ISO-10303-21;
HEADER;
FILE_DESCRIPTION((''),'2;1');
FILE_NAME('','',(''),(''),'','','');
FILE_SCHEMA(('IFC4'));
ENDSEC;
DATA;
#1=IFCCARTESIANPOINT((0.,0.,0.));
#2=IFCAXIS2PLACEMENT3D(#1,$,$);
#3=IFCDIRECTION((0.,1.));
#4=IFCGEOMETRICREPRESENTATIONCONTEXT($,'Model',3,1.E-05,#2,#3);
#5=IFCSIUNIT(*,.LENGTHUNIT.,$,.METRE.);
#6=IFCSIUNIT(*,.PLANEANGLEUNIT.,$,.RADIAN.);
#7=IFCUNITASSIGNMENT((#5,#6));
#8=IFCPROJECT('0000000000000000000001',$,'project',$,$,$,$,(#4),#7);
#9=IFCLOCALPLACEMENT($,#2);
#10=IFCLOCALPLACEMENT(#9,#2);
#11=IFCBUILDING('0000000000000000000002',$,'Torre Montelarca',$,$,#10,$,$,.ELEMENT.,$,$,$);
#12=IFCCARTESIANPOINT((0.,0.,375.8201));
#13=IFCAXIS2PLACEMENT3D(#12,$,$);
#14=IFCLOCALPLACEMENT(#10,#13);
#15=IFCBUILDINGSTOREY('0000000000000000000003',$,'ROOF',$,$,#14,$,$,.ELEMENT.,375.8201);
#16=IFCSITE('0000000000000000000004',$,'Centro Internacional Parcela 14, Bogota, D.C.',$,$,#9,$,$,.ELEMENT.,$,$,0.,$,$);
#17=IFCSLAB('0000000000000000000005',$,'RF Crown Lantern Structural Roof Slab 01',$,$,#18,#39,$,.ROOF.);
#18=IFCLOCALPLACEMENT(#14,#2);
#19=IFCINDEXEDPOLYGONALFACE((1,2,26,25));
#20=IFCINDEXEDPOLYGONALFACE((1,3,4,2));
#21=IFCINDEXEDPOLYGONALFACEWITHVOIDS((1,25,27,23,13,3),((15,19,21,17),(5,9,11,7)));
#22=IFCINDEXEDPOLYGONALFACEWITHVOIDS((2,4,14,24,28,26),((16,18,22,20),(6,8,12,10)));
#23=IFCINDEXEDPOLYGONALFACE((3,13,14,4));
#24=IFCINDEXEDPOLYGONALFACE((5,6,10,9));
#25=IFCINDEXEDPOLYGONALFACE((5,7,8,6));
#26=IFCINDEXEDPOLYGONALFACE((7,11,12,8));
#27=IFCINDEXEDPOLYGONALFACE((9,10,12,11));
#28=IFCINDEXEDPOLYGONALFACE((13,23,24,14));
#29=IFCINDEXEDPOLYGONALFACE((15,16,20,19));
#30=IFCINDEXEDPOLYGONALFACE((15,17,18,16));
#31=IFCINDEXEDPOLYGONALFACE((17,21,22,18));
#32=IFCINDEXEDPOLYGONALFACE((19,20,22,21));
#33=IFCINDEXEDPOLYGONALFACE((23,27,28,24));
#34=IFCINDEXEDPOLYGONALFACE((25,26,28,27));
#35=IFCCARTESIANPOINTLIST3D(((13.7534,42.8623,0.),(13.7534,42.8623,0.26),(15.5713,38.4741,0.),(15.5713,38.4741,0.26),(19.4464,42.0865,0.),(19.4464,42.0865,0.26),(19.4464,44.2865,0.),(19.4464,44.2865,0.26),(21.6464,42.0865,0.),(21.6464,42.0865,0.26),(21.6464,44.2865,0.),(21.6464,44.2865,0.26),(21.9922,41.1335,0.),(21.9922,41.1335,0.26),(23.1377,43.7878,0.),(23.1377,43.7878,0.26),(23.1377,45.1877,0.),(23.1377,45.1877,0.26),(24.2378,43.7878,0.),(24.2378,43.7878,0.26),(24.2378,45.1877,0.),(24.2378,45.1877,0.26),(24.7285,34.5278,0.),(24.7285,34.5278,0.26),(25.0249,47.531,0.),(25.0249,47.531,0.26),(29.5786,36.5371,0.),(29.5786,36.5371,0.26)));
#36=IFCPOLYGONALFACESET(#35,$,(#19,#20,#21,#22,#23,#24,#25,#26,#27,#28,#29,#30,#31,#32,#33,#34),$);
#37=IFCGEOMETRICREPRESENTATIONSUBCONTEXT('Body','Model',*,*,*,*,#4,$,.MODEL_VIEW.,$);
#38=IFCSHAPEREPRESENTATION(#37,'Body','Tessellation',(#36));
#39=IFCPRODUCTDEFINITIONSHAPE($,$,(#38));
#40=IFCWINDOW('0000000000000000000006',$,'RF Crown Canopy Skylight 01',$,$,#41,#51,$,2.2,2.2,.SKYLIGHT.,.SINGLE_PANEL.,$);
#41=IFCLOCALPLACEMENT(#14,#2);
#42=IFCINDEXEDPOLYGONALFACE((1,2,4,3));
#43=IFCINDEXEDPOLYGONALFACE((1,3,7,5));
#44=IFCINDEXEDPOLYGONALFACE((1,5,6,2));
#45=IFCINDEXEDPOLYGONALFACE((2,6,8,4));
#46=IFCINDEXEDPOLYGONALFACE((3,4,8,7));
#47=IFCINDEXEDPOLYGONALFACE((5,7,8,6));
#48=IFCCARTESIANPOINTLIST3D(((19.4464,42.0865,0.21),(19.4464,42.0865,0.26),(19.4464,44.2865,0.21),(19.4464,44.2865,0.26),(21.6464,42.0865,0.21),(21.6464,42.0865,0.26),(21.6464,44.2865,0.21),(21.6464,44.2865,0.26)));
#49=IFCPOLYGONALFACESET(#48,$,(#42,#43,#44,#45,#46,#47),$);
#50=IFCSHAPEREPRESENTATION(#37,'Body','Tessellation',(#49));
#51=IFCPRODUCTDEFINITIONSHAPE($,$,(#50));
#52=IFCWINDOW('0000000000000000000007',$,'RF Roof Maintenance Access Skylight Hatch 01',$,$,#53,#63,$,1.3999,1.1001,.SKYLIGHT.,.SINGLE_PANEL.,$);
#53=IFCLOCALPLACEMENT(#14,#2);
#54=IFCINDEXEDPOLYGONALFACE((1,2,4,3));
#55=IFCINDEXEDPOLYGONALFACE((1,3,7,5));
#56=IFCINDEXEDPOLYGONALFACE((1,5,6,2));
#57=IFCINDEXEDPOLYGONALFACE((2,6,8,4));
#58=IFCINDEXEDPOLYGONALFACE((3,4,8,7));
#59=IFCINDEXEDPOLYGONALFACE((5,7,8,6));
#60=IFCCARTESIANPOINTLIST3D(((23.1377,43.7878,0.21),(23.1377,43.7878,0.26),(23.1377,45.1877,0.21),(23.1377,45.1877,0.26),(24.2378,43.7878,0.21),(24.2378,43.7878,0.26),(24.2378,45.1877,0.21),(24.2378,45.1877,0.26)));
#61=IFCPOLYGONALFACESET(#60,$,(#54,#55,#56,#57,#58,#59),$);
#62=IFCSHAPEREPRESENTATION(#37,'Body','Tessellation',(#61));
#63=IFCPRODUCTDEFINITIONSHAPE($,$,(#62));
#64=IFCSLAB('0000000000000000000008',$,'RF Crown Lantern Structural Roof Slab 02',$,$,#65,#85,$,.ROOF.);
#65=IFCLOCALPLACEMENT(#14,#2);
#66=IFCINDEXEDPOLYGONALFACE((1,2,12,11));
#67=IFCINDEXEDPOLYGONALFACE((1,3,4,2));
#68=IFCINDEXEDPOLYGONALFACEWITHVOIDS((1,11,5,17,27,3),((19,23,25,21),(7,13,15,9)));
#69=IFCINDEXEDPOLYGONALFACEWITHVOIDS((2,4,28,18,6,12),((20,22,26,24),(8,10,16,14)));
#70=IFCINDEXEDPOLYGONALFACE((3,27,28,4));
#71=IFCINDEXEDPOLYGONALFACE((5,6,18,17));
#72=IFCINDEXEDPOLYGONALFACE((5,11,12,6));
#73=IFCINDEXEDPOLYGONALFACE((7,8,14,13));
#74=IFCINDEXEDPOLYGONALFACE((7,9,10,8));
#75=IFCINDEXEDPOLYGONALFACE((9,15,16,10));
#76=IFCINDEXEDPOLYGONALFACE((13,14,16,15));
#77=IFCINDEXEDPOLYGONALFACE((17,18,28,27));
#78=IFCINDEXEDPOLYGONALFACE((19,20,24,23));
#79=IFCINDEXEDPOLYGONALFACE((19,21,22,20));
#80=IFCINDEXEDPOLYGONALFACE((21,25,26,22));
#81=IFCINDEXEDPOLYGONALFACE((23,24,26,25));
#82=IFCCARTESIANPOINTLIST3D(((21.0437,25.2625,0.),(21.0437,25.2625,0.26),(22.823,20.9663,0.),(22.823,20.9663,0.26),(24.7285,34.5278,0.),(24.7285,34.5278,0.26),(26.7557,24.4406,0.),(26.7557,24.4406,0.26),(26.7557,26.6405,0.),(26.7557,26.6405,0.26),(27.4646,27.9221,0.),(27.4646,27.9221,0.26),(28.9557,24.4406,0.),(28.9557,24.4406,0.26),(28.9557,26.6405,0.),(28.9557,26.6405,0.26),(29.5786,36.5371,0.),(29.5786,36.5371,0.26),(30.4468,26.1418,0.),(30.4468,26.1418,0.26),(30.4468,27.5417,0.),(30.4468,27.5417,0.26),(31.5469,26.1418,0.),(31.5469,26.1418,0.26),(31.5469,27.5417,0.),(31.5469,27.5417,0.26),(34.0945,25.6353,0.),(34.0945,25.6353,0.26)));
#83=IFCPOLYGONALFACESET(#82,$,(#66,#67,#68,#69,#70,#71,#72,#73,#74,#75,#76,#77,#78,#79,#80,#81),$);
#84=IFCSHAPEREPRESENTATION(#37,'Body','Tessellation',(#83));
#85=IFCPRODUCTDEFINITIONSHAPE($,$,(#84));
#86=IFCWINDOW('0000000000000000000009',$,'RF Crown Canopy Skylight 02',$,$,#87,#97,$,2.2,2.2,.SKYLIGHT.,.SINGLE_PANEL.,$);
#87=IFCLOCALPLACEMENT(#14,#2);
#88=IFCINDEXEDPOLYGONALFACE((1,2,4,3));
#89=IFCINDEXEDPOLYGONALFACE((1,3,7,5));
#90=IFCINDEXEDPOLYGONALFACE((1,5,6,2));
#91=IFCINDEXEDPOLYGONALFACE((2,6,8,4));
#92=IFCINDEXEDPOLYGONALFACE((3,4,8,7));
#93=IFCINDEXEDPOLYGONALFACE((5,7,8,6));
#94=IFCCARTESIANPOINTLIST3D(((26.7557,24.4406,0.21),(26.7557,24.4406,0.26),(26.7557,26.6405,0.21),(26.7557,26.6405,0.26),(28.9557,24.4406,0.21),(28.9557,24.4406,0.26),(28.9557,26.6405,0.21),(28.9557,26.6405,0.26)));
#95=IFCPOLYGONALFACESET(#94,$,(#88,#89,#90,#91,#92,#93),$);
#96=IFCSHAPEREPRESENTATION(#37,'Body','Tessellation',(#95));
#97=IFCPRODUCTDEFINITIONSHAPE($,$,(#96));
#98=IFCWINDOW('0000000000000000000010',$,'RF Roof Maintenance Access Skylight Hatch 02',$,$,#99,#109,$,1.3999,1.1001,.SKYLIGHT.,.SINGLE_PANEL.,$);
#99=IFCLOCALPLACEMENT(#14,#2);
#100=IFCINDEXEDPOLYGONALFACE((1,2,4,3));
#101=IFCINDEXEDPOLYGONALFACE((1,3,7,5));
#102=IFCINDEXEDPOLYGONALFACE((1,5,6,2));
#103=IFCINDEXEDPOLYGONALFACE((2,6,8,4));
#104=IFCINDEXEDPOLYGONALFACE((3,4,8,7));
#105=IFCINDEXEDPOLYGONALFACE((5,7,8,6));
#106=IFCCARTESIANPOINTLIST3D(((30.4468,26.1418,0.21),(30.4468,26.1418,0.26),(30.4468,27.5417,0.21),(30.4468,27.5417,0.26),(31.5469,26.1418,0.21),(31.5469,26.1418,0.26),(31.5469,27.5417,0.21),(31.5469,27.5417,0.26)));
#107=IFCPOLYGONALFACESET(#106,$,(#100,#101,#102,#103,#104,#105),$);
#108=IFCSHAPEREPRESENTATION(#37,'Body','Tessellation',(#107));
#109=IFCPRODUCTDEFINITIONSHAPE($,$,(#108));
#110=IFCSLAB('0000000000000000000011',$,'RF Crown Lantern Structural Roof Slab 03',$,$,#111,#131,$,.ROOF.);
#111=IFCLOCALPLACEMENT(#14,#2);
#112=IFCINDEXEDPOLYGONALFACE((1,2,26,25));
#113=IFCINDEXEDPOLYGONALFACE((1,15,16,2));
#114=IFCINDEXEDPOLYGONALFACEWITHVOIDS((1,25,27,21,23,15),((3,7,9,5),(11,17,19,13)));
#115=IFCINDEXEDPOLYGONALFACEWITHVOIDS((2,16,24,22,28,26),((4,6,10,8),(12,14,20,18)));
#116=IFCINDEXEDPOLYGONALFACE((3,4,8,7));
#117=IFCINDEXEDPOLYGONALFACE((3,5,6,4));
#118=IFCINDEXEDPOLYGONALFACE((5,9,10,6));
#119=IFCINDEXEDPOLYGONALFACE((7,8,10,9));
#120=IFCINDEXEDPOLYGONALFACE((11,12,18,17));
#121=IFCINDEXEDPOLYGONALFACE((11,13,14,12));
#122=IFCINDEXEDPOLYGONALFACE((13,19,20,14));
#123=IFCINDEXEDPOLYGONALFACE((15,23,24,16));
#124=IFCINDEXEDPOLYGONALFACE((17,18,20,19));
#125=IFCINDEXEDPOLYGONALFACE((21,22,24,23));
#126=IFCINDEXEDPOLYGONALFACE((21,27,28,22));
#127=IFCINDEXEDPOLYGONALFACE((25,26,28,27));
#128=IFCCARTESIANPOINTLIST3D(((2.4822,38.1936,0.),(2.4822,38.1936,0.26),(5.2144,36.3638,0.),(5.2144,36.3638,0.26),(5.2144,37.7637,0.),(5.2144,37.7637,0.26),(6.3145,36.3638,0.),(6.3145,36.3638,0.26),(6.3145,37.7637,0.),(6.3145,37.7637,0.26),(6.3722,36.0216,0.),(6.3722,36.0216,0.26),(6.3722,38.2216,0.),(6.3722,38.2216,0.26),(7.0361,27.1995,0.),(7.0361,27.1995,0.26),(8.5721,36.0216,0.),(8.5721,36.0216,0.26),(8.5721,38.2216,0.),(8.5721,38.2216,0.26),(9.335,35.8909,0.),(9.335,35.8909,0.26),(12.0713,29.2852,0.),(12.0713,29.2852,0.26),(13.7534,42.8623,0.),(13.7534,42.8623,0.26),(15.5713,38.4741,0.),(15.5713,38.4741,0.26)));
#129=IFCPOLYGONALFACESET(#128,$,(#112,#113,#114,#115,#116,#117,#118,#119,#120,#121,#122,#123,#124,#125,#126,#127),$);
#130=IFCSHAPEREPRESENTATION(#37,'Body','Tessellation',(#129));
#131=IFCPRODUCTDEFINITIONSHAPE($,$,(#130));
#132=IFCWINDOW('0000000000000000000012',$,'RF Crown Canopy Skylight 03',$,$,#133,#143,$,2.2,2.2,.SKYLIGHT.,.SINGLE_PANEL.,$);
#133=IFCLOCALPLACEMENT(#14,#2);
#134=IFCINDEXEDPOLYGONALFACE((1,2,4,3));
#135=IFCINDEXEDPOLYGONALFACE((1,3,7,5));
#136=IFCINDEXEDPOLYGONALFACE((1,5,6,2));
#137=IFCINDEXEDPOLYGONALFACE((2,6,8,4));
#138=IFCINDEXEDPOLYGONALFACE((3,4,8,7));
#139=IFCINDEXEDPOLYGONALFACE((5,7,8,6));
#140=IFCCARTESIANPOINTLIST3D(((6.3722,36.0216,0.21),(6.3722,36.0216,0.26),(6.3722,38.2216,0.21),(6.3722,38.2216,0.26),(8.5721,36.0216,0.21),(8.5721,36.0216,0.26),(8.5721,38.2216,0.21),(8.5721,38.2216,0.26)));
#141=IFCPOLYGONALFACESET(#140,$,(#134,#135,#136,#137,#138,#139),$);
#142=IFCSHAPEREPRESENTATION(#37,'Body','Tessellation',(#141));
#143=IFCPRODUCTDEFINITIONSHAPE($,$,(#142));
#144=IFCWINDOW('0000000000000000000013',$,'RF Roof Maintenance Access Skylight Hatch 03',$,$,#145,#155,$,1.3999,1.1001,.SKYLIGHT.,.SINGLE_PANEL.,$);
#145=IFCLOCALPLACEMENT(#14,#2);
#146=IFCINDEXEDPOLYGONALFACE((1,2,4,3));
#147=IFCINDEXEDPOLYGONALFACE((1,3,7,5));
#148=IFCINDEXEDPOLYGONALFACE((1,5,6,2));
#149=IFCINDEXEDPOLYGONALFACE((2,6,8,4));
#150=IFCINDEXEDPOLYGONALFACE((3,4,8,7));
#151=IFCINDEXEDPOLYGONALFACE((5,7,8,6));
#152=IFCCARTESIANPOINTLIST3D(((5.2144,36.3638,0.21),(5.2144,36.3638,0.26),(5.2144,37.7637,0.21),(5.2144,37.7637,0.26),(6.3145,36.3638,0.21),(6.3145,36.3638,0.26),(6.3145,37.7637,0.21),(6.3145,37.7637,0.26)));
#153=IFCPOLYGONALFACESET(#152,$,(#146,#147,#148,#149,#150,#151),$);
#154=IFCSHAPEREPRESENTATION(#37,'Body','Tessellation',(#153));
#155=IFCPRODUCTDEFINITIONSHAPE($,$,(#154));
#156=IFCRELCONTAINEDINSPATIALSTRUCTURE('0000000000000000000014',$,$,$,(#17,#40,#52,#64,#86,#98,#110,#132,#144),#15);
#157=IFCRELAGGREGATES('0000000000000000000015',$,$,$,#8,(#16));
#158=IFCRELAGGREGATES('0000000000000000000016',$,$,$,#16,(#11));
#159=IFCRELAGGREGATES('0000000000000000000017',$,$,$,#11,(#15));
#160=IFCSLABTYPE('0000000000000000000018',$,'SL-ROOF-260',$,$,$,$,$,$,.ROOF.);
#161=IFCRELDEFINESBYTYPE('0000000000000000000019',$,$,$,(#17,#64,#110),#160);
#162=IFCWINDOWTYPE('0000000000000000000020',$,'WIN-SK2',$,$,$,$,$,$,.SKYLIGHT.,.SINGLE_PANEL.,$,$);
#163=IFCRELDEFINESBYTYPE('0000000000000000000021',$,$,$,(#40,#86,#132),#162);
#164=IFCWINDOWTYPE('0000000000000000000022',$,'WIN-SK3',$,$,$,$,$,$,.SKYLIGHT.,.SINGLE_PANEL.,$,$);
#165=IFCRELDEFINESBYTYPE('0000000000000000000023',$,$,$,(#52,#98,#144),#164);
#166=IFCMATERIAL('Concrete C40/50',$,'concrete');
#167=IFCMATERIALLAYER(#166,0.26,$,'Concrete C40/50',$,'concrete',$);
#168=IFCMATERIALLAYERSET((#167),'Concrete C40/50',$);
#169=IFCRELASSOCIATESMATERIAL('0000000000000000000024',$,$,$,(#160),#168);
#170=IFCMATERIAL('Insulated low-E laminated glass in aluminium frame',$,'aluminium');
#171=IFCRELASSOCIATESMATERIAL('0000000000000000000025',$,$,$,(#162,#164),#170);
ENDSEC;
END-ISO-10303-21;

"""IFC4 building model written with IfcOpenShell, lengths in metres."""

from ifc_helpers import new_model, si_unit, direction, frame, origin, origin_2d, place, context, subcontext, project, spatial, polyline, rectangle, outline, extrude, material, layer, layer_set, type_object, element, fill, save


model = new_model("IFC4")

# Units and contexts
model_context = context("Model", 3, precision=1e-05, world=origin(), true_north=direction((0.0, 1.0)))
body_context = subcontext(model_context, "Body", "Model", "MODEL_VIEW")
ifc_project = project(units=[si_unit("LENGTHUNIT", "METRE"), si_unit("PLANEANGLEUNIT", "RADIAN")], contexts=[model_context])

# Site, building, storey
site_placement = place(None, origin())
site = spatial("IfcSite", under=ifc_project, at=site_placement, Name="Centro Internacional Parcela 14, Bogota, D.C.", CompositionType="ELEMENT", RefElevation=0.0)
building_placement = place(site_placement, origin())
building = spatial("IfcBuilding", under=site, at=building_placement, Name="Torre Montelarca", CompositionType="ELEMENT")
storey_placement = place(building_placement, frame((0.0, 0.0, 375.8201)))
storey = spatial("IfcBuildingStorey", under=building, at=storey_placement, Name="ROOF", CompositionType="ELEMENT", Elevation=375.8201)

# Slabs, openings, windows
ifc_material_1 = material(Name="Concrete C40/50", Category="concrete")
ifc_layer_1 = layer(ifc_material_1, 0.26, Name="Concrete C40/50", Category="concrete")
ifc_layer_set_1 = layer_set([ifc_layer_1], Name="Concrete C40/50")
slab_type = type_object("IfcSlabType", Name="SL-ROOF-260", PredefinedType="ROOF", material=ifc_layer_set_1)
slab_1_placement = place(storey_placement, origin())
slab_1 = element("IfcSlab", 1, at=slab_1_placement, inside=storey, type_object=slab_type, Name="RF Crown Lantern Structural Roof Slab 01", PredefinedType="ROOF", context=body_context, shape_type="SweptSolid", body=[
    extrude(outline(polyline([(15.5713, 38.4741), (21.9922, 41.1335), (24.7285, 34.5278), (29.5786, 36.5371), (25.0249, 47.531), (13.7534, 42.8623), (15.5713, 38.4741)])), origin(), (0.0, 0.0, 1.0), 0.26),
])
opening_1_placement = place(slab_1_placement, frame((20.5464, 43.1865, -0.01)))
opening_1 = element("IfcOpeningElement", 2, at=opening_1_placement, cuts=slab_1, PredefinedType="OPENING", context=body_context, shape_type="SweptSolid", body=[
    extrude(rectangle(XDim=2.2, YDim=2.2, at=origin_2d()), origin(), (0.0, 0.0, 1.0), 0.28),
])
opening_2_placement = place(slab_1_placement, frame((23.6877, 44.4878, -0.01)))
opening_2 = element("IfcOpeningElement", 3, at=opening_2_placement, cuts=slab_1, PredefinedType="OPENING", context=body_context, shape_type="SweptSolid", body=[
    extrude(rectangle(XDim=1.1001, YDim=1.3999, at=origin_2d()), origin(), (0.0, 0.0, 1.0), 0.28),
])
ifc_material_2 = material(Name="Insulated low-E laminated glass in aluminium frame", Category="aluminium")
window_type_1 = type_object("IfcWindowType", Name="WIN-SK2", PartitioningType="SINGLE_PANEL", PredefinedType="SKYLIGHT", material=ifc_material_2)
window_1_placement = place(slab_1_placement, frame((20.5464, 43.1865, 0.21)))
window_1 = element("IfcWindow", 4, at=window_1_placement, inside=storey, type_object=window_type_1, Name="RF Crown Canopy Skylight 01", OverallHeight=2.2, OverallWidth=2.2, PartitioningType="SINGLE_PANEL", PredefinedType="SKYLIGHT", context=body_context, shape_type="SweptSolid", body=[
    extrude(rectangle(XDim=2.2, YDim=2.2, at=origin_2d()), origin(), (0.0, 0.0, 1.0), 0.05),
])
fill(opening_1, window_1)
window_type_2 = type_object("IfcWindowType", Name="WIN-SK3", PartitioningType="SINGLE_PANEL", PredefinedType="SKYLIGHT", material=ifc_material_2)
window_2_placement = place(slab_1_placement, frame((23.6877, 44.4878, 0.21)))
window_2 = element("IfcWindow", 5, at=window_2_placement, inside=storey, type_object=window_type_2, Name="RF Roof Maintenance Access Skylight Hatch 01", OverallHeight=1.3999, OverallWidth=1.1001, PartitioningType="SINGLE_PANEL", PredefinedType="SKYLIGHT", context=body_context, shape_type="SweptSolid", body=[
    extrude(rectangle(XDim=1.1001, YDim=1.3999, at=origin_2d()), origin(), (0.0, 0.0, 1.0), 0.05),
])
fill(opening_2, window_2)
slab_2_placement = place(storey_placement, origin())
slab_2 = element("IfcSlab", 6, at=slab_2_placement, inside=storey, type_object=slab_type, Name="RF Crown Lantern Structural Roof Slab 02", PredefinedType="ROOF", context=body_context, shape_type="SweptSolid", body=[
    extrude(outline(polyline([(24.7285, 34.5278), (27.4646, 27.9221), (21.0437, 25.2625), (22.823, 20.9663), (34.0945, 25.6353), (29.5786, 36.5371), (24.7285, 34.5278)])), origin(), (0.0, 0.0, 1.0), 0.26),
])
opening_3_placement = place(slab_2_placement, frame((27.8557, 25.5405, -0.01)))
opening_3 = element("IfcOpeningElement", 7, at=opening_3_placement, cuts=slab_2, PredefinedType="OPENING", context=body_context, shape_type="SweptSolid", body=[
    extrude(rectangle(XDim=2.2, YDim=2.2, at=origin_2d()), origin(), (0.0, 0.0, 1.0), 0.28),
])
opening_4_placement = place(slab_2_placement, frame((30.9968, 26.8418, -0.01)))
opening_4 = element("IfcOpeningElement", 8, at=opening_4_placement, cuts=slab_2, PredefinedType="OPENING", context=body_context, shape_type="SweptSolid", body=[
    extrude(rectangle(XDim=1.1001, YDim=1.3999, at=origin_2d()), origin(), (0.0, 0.0, 1.0), 0.28),
])
window_3_placement = place(slab_2_placement, frame((27.8557, 25.5405, 0.21)))
window_3 = element("IfcWindow", 9, at=window_3_placement, inside=storey, type_object=window_type_1, Name="RF Crown Canopy Skylight 02", OverallHeight=2.2, OverallWidth=2.2, PartitioningType="SINGLE_PANEL", PredefinedType="SKYLIGHT", context=body_context, shape_type="SweptSolid", body=[
    extrude(rectangle(XDim=2.2, YDim=2.2, at=origin_2d()), origin(), (0.0, 0.0, 1.0), 0.05),
])
fill(opening_3, window_3)
window_4_placement = place(slab_2_placement, frame((30.9968, 26.8418, 0.21)))
window_4 = element("IfcWindow", 10, at=window_4_placement, inside=storey, type_object=window_type_2, Name="RF Roof Maintenance Access Skylight Hatch 02", OverallHeight=1.3999, OverallWidth=1.1001, PartitioningType="SINGLE_PANEL", PredefinedType="SKYLIGHT", context=body_context, shape_type="SweptSolid", body=[
    extrude(rectangle(XDim=1.1001, YDim=1.3999, at=origin_2d()), origin(), (0.0, 0.0, 1.0), 0.05),
])
fill(opening_4, window_4)
slab_3_placement = place(storey_placement, origin())
slab_3 = element("IfcSlab", 11, at=slab_3_placement, inside=storey, type_object=slab_type, Name="RF Crown Lantern Structural Roof Slab 03", PredefinedType="ROOF", context=body_context, shape_type="SweptSolid", body=[
    extrude(outline(polyline([(12.0713, 29.2852), (9.335, 35.8909), (15.5713, 38.4741), (13.7534, 42.8623), (2.4822, 38.1936), (7.0361, 27.1995), (12.0713, 29.2852)])), origin(), (0.0, 0.0, 1.0), 0.26),
])
opening_5_placement = place(slab_3_placement, frame((7.4722, 37.1216, -0.01)))
opening_5 = element("IfcOpeningElement", 12, at=opening_5_placement, cuts=slab_3, PredefinedType="OPENING", context=body_context, shape_type="SweptSolid", body=[
    extrude(rectangle(XDim=2.2, YDim=2.2, at=origin_2d()), origin(), (0.0, 0.0, 1.0), 0.28),
])
opening_6_placement = place(slab_3_placement, frame((5.7644, 37.0637, -0.01)))
opening_6 = element("IfcOpeningElement", 13, at=opening_6_placement, cuts=slab_3, PredefinedType="OPENING", context=body_context, shape_type="SweptSolid", body=[
    extrude(rectangle(XDim=1.1001, YDim=1.3999, at=origin_2d()), origin(), (0.0, 0.0, 1.0), 0.28),
])
window_5_placement = place(slab_3_placement, frame((7.4722, 37.1216, 0.21)))
window_5 = element("IfcWindow", 14, at=window_5_placement, inside=storey, type_object=window_type_1, Name="RF Crown Canopy Skylight 03", OverallHeight=2.2, OverallWidth=2.2, PartitioningType="SINGLE_PANEL", PredefinedType="SKYLIGHT", context=body_context, shape_type="SweptSolid", body=[
    extrude(rectangle(XDim=2.2, YDim=2.2, at=origin_2d()), origin(), (0.0, 0.0, 1.0), 0.05),
])
fill(opening_5, window_5)
window_6_placement = place(slab_3_placement, frame((5.7644, 37.0637, 0.21)))
window_6 = element("IfcWindow", 15, at=window_6_placement, inside=storey, type_object=window_type_2, Name="RF Roof Maintenance Access Skylight Hatch 03", OverallHeight=1.3999, OverallWidth=1.1001, PartitioningType="SINGLE_PANEL", PredefinedType="SKYLIGHT", context=body_context, shape_type="SweptSolid", body=[
    extrude(rectangle(XDim=1.1001, YDim=1.3999, at=origin_2d()), origin(), (0.0, 0.0, 1.0), 0.05),
])
fill(opening_6, window_6)

save(model, "model.ifc")
